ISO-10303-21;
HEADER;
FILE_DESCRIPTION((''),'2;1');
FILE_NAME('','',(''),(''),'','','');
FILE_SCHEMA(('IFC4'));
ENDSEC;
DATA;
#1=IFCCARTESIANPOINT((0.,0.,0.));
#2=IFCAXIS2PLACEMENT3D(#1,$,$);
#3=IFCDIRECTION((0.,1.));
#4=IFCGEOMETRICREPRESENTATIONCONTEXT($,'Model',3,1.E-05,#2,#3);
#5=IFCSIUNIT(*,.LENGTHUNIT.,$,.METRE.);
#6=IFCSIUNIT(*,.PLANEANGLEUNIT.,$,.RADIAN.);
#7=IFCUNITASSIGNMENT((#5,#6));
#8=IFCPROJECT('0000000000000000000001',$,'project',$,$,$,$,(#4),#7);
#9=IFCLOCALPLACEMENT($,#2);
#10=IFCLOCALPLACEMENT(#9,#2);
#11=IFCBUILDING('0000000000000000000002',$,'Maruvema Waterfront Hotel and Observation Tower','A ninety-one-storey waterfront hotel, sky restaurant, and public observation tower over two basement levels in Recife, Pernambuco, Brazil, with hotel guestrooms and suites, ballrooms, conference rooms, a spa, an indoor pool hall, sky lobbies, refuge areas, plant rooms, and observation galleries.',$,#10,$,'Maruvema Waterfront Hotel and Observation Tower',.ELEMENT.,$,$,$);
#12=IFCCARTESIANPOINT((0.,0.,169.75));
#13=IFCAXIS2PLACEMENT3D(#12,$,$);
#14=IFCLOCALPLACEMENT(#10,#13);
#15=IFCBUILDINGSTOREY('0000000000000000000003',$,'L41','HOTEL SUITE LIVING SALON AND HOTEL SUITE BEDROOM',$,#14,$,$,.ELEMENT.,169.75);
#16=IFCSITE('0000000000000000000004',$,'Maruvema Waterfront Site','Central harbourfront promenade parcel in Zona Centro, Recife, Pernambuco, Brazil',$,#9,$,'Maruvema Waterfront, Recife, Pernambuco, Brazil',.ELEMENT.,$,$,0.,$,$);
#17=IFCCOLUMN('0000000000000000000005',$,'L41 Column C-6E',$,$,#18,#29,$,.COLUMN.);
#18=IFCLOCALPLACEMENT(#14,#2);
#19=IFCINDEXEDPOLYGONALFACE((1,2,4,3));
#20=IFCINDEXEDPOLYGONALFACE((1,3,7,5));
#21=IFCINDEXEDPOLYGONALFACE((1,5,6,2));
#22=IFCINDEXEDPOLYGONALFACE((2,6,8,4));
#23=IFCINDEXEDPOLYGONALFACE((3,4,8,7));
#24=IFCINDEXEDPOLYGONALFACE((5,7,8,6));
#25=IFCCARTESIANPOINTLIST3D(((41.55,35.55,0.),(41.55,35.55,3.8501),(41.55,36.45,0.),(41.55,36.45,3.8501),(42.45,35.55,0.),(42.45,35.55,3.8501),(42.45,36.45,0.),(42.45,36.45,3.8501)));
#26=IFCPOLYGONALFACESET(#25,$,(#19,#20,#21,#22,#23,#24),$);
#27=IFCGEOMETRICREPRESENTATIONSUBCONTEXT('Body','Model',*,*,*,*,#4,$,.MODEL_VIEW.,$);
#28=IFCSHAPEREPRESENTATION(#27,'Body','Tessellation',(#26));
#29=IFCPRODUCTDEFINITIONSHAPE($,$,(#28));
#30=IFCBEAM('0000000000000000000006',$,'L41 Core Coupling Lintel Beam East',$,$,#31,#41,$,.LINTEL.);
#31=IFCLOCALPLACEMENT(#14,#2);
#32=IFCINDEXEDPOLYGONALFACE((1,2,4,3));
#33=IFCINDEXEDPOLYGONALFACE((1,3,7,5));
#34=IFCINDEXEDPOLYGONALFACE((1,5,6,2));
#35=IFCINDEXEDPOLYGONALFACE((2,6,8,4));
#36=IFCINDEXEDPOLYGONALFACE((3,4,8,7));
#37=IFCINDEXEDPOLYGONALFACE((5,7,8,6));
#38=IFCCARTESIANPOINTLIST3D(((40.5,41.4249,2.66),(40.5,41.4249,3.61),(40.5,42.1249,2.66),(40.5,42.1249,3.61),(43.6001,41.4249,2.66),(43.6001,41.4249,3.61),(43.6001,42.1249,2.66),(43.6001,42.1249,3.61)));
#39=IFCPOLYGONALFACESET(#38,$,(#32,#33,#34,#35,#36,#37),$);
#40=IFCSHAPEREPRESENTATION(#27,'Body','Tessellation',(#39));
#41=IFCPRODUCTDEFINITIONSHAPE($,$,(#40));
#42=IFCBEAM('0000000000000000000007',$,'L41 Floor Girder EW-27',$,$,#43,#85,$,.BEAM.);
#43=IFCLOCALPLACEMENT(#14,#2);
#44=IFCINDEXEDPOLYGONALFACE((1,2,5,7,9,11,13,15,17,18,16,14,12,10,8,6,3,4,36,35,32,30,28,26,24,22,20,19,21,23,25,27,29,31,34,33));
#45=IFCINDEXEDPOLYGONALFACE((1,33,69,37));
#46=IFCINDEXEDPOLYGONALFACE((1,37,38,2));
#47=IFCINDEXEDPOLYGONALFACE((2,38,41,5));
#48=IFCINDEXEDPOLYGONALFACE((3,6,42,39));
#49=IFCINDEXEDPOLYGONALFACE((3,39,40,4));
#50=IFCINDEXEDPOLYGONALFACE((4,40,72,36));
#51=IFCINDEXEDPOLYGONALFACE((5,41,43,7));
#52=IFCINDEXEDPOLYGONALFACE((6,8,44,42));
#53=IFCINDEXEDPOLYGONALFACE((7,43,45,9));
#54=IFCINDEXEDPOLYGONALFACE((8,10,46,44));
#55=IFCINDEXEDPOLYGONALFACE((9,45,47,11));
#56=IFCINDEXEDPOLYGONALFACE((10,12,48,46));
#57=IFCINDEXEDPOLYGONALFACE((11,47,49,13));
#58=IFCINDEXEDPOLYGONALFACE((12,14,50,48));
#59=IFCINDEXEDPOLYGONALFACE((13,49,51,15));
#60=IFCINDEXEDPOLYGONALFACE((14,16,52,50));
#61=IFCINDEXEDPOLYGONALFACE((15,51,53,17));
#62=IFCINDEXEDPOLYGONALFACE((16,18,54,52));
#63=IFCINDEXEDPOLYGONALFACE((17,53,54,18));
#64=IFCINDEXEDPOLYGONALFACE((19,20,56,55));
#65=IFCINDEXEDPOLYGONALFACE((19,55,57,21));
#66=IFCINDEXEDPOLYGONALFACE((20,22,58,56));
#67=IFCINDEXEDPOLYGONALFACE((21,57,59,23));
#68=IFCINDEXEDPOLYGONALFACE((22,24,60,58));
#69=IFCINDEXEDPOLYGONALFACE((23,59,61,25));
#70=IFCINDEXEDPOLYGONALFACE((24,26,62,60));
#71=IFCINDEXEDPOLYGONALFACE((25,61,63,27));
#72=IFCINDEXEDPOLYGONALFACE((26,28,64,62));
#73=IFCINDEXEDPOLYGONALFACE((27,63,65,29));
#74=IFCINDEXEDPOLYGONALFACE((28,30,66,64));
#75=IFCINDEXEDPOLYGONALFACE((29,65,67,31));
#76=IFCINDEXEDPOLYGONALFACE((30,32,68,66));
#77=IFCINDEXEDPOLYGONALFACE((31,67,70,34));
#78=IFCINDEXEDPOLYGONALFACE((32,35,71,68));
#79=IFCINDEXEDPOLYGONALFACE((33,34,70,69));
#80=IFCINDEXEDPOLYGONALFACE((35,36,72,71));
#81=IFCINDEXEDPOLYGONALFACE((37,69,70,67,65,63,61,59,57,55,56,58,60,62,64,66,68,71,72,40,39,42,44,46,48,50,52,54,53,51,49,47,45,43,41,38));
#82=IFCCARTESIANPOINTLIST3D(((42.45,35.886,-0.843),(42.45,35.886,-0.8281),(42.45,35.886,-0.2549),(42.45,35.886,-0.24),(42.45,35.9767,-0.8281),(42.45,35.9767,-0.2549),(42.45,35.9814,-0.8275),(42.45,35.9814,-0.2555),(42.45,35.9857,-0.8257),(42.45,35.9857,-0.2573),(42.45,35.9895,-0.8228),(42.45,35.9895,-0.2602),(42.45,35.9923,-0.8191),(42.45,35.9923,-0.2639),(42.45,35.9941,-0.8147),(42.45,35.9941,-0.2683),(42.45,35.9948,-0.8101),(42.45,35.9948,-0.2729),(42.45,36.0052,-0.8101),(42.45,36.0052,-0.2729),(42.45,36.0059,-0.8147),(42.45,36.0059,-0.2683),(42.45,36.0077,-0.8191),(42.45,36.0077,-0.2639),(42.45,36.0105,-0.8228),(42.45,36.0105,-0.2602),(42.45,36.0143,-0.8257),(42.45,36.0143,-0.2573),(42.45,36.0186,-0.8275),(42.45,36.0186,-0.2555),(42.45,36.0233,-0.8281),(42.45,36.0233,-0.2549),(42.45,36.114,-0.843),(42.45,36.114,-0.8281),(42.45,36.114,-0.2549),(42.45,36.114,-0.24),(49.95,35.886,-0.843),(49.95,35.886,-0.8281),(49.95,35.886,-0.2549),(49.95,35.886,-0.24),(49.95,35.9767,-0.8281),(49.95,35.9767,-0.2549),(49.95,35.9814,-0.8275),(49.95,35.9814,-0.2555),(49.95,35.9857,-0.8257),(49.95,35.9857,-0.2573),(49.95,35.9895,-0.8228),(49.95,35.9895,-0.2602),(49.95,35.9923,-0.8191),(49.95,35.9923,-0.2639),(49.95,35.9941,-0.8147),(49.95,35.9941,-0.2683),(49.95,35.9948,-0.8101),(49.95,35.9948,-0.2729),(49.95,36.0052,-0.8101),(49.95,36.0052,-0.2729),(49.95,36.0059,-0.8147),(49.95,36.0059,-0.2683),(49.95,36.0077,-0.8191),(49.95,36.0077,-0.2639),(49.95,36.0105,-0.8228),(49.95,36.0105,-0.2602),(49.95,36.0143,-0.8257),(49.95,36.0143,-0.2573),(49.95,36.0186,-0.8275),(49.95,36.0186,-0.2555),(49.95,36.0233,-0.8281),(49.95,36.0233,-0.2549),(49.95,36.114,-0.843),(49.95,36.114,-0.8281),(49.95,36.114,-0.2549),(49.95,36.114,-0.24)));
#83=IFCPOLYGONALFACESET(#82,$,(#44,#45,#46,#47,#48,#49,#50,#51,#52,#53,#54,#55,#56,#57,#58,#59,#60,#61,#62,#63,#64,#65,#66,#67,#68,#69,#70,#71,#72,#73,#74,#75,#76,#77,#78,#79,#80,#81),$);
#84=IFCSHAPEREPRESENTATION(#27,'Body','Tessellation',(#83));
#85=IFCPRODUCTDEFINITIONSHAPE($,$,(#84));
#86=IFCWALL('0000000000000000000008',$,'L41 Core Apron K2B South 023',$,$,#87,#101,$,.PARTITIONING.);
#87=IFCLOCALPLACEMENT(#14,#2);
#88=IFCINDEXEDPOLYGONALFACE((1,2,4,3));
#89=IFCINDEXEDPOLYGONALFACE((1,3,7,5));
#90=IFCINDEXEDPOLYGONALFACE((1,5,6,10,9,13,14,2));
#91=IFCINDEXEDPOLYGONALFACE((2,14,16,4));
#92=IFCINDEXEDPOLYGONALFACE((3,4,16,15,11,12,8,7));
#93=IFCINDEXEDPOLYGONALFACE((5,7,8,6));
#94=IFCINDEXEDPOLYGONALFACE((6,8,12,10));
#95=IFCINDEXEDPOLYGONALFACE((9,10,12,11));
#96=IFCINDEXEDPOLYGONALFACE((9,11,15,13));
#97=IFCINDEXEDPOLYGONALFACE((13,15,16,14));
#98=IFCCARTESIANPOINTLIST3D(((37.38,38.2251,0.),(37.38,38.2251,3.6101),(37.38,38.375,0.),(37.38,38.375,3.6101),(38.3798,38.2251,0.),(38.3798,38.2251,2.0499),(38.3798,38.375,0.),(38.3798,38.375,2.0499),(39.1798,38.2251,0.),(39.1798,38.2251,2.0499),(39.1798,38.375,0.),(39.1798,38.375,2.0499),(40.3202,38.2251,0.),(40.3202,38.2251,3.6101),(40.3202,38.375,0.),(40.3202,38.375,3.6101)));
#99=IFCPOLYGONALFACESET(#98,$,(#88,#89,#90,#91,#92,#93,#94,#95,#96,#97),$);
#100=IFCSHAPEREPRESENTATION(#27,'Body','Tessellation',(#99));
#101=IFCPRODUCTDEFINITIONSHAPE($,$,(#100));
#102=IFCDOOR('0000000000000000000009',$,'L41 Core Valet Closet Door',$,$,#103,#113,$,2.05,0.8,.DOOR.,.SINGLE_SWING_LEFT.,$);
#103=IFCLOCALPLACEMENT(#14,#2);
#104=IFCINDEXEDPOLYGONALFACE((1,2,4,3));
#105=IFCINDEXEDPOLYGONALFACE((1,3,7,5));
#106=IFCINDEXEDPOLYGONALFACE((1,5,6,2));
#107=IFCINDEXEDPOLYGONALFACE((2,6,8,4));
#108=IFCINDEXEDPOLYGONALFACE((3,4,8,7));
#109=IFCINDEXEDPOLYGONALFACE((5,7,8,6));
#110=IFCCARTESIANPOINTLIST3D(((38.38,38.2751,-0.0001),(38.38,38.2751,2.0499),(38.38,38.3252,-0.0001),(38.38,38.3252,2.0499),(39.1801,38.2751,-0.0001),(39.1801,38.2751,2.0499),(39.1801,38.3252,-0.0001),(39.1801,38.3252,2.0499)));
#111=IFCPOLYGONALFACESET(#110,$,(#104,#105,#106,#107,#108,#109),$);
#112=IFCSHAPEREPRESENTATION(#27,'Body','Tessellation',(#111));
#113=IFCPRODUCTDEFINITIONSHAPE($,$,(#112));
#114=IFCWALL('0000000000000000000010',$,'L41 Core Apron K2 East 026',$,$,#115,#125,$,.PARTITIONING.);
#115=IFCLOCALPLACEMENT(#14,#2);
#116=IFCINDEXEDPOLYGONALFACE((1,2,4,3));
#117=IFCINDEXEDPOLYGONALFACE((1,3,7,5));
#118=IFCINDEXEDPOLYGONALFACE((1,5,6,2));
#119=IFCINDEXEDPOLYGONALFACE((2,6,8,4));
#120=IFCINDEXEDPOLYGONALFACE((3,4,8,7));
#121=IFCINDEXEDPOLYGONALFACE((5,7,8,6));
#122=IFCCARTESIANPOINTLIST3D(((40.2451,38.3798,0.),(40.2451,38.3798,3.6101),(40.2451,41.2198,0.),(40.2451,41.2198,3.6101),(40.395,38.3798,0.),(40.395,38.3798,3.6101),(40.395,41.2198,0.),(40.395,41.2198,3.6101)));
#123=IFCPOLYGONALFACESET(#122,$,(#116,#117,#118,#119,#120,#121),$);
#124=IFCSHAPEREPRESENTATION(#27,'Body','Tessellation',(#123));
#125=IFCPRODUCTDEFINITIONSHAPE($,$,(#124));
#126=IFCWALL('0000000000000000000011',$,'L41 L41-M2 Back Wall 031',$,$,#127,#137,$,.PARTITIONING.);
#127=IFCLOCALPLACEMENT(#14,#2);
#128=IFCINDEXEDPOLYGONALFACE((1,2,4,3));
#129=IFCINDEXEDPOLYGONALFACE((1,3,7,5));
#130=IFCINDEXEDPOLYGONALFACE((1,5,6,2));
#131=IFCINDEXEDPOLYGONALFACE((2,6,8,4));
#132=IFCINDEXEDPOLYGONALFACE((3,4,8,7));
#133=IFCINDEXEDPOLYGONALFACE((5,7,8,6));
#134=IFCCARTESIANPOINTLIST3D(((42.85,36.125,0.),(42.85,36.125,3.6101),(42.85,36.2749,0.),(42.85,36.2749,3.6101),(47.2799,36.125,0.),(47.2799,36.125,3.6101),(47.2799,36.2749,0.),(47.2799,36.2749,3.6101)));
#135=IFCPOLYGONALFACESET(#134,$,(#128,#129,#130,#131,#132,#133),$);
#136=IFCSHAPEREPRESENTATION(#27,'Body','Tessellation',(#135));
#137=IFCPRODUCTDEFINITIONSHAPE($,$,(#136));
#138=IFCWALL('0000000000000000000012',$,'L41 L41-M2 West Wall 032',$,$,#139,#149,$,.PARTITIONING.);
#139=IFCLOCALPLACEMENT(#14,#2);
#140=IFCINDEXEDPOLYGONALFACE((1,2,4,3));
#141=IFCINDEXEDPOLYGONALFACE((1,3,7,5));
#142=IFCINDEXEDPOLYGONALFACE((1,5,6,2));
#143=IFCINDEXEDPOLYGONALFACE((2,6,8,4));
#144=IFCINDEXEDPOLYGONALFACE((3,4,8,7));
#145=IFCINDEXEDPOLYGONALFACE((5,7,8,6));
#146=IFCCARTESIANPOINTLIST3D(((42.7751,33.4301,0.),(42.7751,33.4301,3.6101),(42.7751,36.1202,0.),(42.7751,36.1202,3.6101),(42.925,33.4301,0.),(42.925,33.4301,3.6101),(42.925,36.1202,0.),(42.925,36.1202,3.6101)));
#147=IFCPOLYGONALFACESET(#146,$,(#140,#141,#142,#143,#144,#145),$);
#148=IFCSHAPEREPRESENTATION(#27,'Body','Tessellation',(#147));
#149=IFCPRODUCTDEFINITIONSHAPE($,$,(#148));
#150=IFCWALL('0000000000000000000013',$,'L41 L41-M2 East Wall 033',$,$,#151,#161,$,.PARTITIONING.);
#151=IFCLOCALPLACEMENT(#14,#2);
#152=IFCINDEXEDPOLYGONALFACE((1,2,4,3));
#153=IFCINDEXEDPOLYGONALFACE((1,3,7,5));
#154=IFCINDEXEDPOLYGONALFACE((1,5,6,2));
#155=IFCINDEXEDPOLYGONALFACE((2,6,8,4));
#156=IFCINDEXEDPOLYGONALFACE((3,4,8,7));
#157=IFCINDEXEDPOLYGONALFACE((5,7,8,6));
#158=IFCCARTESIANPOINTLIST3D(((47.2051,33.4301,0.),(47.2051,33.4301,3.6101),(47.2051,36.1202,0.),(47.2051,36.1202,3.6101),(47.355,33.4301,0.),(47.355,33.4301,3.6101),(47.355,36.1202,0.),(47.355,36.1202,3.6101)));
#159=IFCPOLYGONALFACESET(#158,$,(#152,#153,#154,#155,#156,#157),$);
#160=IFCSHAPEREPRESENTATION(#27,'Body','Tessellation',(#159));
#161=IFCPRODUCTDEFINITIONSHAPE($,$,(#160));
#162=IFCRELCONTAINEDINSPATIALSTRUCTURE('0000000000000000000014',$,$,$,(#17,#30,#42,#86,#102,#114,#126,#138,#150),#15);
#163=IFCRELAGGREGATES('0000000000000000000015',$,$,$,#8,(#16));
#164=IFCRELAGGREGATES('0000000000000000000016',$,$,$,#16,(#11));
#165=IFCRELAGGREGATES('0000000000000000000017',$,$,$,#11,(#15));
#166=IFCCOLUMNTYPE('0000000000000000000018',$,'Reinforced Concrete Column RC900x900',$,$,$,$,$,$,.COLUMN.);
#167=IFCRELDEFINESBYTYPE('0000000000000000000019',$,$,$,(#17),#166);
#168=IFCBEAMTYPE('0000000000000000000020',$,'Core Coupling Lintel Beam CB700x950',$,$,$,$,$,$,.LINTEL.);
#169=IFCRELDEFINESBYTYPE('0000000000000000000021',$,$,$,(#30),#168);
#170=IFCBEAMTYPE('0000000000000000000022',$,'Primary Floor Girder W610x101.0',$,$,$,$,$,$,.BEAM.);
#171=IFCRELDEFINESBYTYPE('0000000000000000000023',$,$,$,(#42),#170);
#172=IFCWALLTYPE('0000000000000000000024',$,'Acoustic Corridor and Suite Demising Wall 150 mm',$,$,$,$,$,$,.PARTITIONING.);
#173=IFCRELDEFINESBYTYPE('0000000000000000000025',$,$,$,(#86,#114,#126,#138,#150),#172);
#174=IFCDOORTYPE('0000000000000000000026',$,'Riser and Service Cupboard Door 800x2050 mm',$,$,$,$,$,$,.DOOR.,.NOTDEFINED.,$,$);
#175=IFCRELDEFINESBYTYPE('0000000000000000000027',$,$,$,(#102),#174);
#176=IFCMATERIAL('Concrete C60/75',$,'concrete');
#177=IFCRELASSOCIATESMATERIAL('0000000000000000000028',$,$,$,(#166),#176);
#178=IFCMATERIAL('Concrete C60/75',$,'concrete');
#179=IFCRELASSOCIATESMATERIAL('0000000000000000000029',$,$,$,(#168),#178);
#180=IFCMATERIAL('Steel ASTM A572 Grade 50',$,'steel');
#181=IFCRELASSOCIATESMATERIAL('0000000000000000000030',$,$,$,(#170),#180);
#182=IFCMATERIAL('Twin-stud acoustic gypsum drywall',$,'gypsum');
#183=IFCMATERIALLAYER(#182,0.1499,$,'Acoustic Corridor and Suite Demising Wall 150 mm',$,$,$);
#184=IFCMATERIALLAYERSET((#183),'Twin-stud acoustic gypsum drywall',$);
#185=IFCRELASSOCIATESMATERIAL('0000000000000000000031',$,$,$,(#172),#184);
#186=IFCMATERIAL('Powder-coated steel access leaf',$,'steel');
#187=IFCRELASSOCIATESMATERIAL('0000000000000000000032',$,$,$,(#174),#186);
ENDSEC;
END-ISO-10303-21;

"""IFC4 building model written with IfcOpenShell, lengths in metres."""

from ifc_helpers import new_model, si_unit, direction, frame, frame_2d, origin, origin_2d, place, context, subcontext, project, spatial, rectangle, i_section, extrude, material, layer, layer_set, material_profile, profile_set, type_object, element, fill, save


model = new_model("IFC4")

# Units and contexts
model_context = context("Model", 3, precision=1e-05, world=origin(), true_north=direction((0.0, 1.0)))
body_context = subcontext(model_context, "Body", "Model", "MODEL_VIEW")
ifc_project = project(units=[si_unit("LENGTHUNIT", "METRE"), si_unit("PLANEANGLEUNIT", "RADIAN")], contexts=[model_context])

# Site, building, storey
site_placement = place(None, origin())
site = spatial("IfcSite", under=ifc_project, at=site_placement, Name="Maruvema Waterfront Site", Description="Central harbourfront promenade parcel in Zona Centro, Recife, Pernambuco, Brazil", LongName="Maruvema Waterfront, Recife, Pernambuco, Brazil", CompositionType="ELEMENT", RefElevation=0.0)
building_placement = place(site_placement, origin())
building = spatial("IfcBuilding", under=site, at=building_placement, Name="Maruvema Waterfront Hotel and Observation Tower", Description="A ninety-one-storey waterfront hotel, sky restaurant, and public observation tower over two basement levels in Recife, Pernambuco, Brazil, with hotel guestrooms and suites, ballrooms, conference rooms, a spa, an indoor pool hall, sky lobbies, refuge areas, plant rooms, and observation galleries.", LongName="Maruvema Waterfront Hotel and Observation Tower", CompositionType="ELEMENT")
storey_placement = place(building_placement, frame((0.0, 0.0, 169.75)))
storey = spatial("IfcBuildingStorey", under=building, at=storey_placement, Name="L41", Description="HOTEL SUITE LIVING SALON AND HOTEL SUITE BEDROOM", CompositionType="ELEMENT", Elevation=169.75)

# Column
ifc_material_1 = material(Name="Concrete C60/75", Category="concrete")
ifc_material_profile_1 = material_profile(ifc_material_1, rectangle(XDim=0.8999, YDim=0.8999, at=origin_2d()), Name="RC900x900")
ifc_profile_set_1 = profile_set([ifc_material_profile_1], Name="Concrete C60/75")
column_type = type_object("IfcColumnType", Name="Reinforced Concrete Column RC900x900", PredefinedType="COLUMN", material=ifc_profile_set_1)
column_placement = place(storey_placement, frame((42.0, 36.0, 0.0), z_axis=(0.0, 0.0, 1.0), x_axis=(1.0, 0.0, 0.0)))
element("IfcColumn", 1, at=column_placement, inside=storey, type_object=column_type, Name="L41 Column C-6E", PredefinedType="COLUMN", context=body_context, shape_type="SweptSolid", body=[
    extrude(rectangle(XDim=0.8999, YDim=0.8999, at=origin_2d()), origin(), (0.0, 0.0, 1.0), 3.8501),
])

# Beams
ifc_material_2 = material(Name="Concrete C60/75", Category="concrete")
ifc_material_profile_2 = material_profile(ifc_material_2, rectangle(XDim=0.7, YDim=0.95, at=origin_2d()), Name="CB700x950")
ifc_profile_set_2 = profile_set([ifc_material_profile_2], Name="Concrete C60/75")
beam_type_1 = type_object("IfcBeamType", Name="Core Coupling Lintel Beam CB700x950", PredefinedType="LINTEL", material=ifc_profile_set_2)
beam_1_placement = place(storey_placement, frame((40.5, 41.7749, 3.135), z_axis=(1.0, 0.0, 0.0), x_axis=(0.0, 1.0, 0.0)))
element("IfcBeam", 2, at=beam_1_placement, inside=storey, type_object=beam_type_1, Name="L41 Core Coupling Lintel Beam East", PredefinedType="LINTEL", context=body_context, shape_type="SweptSolid", body=[
    extrude(rectangle(XDim=0.7, YDim=0.95, at=origin_2d()), origin(), (0.0, 0.0, 1.0), 3.1001),
])
ifc_material_3 = material(Name="Steel ASTM A572 Grade 50", Category="steel")
ifc_material_profile_3 = material_profile(ifc_material_3, i_section(OverallWidth=0.228, OverallDepth=0.603, WebThickness=0.0105, FlangeThickness=0.0149, FilletRadius=0.0181, at=origin_2d()), Name="W610x101.0")
ifc_profile_set_3 = profile_set([ifc_material_profile_3], Name="Steel ASTM A572 Grade 50")
beam_type_2 = type_object("IfcBeamType", Name="Primary Floor Girder W610x101.0", PredefinedType="BEAM", material=ifc_profile_set_3)
beam_2_placement = place(storey_placement, frame((42.45, 36.0, -0.5415), z_axis=(1.0, 0.0, 0.0), x_axis=(0.0, 1.0, 0.0)))
element("IfcBeam", 3, at=beam_2_placement, inside=storey, type_object=beam_type_2, Name="L41 Floor Girder EW-27", PredefinedType="BEAM", context=body_context, shape_type="SweptSolid", body=[
    extrude(i_section(OverallWidth=0.228, OverallDepth=0.603, WebThickness=0.0105, FlangeThickness=0.0149, FilletRadius=0.0181, at=origin_2d()), origin(), (0.0, 0.0, 1.0), 7.5),
])

# Wall, opening, door
ifc_material_4 = material(Name="Twin-stud acoustic gypsum drywall", Category="gypsum")
ifc_layer_1 = layer(ifc_material_4, 0.1499, Name="Acoustic Corridor and Suite Demising Wall 150 mm")
ifc_layer_set_1 = layer_set([ifc_layer_1], Name="Twin-stud acoustic gypsum drywall")
wall_type_1 = type_object("IfcWallType", Name="Acoustic Corridor and Suite Demising Wall 150 mm", PredefinedType="PARTITIONING", material=ifc_layer_set_1)
wall_1_placement = place(storey_placement, frame((37.3799, 38.3, 0.0), z_axis=(0.0, 0.0, 1.0), x_axis=(1.0, 0.0, 0.0)))
wall_1 = element("IfcWall", 4, at=wall_1_placement, inside=storey, type_object=wall_type_1, Name="L41 Core Apron K2B South 023", PredefinedType="PARTITIONING", context=body_context, shape_type="SweptSolid", body=[
    extrude(rectangle(XDim=2.9402, YDim=0.1499, at=frame_2d((1.4702, 0.0))), origin(), (0.0, 0.0, 1.0), 3.6101),
])
opening_1_placement = place(wall_1_placement, frame((1.0, 0.0, 0.0)))
opening_1 = element("IfcOpeningElement", 5, at=opening_1_placement, cuts=wall_1, PredefinedType="OPENING", context=body_context, shape_type="SweptSolid", body=[
    extrude(rectangle(XDim=0.8, YDim=2.05, at=frame_2d((0.3999, 1.0249))), frame((0.0, 0.085, 0.0), z_axis=(0.0, -1.0, 0.0), x_axis=(1.0, 0.0, 0.0)), (0.0, 0.0, 1.0), 0.1699),
])
ifc_material_5 = material(Name="Powder-coated steel access leaf", Category="steel")
door_type_1 = type_object("IfcDoorType", Name="Riser and Service Cupboard Door 800x2050 mm", OperationType="NOTDEFINED", PredefinedType="DOOR", material=ifc_material_5)
door_1_placement = place(opening_1_placement, frame((0.8, 0.0, 0.0), z_axis=(0.0, 0.0, 1.0), x_axis=(-1.0, 0.0, 0.0)))
door_1 = element("IfcDoor", 6, at=door_1_placement, inside=storey, type_object=door_type_1, Name="L41 Core Valet Closet Door", OperationType="SINGLE_SWING_LEFT", OverallHeight=2.05, OverallWidth=0.8, PredefinedType="DOOR", context=body_context, shape_type="SweptSolid", body=[
    extrude(rectangle(XDim=0.8, YDim=2.05, at=frame_2d((0.3999, 1.0249))), frame((0.0, 0.0249, 0.0), z_axis=(0.0, -1.0, 0.0), x_axis=(1.0, 0.0, 0.0)), (0.0, 0.0, 1.0), 0.05),
])
fill(opening_1, door_1)

# Walls
wall_2_placement = place(storey_placement, frame((40.3201, 38.3799, 0.0), z_axis=(0.0, 0.0, 1.0), x_axis=(0.0, 1.0, 0.0)))
element("IfcWall", 7, at=wall_2_placement, inside=storey, type_object=wall_type_1, Name="L41 Core Apron K2 East 026", PredefinedType="PARTITIONING", context=body_context, shape_type="SweptSolid", body=[
    extrude(rectangle(XDim=2.8401, YDim=0.1499, at=frame_2d((1.4199, 0.0))), origin(), (0.0, 0.0, 1.0), 3.6101),
])
wall_3_placement = place(storey_placement, frame((42.8501, 36.2, 0.0), z_axis=(0.0, 0.0, 1.0), x_axis=(1.0, 0.0, 0.0)))
element("IfcWall", 8, at=wall_3_placement, inside=storey, type_object=wall_type_1, Name="L41 L41-M2 Back Wall 031", PredefinedType="PARTITIONING", context=body_context, shape_type="SweptSolid", body=[
    extrude(rectangle(XDim=4.4299, YDim=0.1499, at=frame_2d((2.2148, 0.0))), origin(), (0.0, 0.0, 1.0), 3.6101),
])
for number, where, z_axis, x_axis, name in (
    (9, (42.8501, 33.4299, 0.0), (0.0, 0.0, 1.0), (0.0, 1.0, 0.0), "L41 L41-M2 West Wall 032"),
    (10, (47.28, 33.4299, 0.0), (0.0, 0.0, 1.0), (0.0, 1.0, 0.0), "L41 L41-M2 East Wall 033"),
):
    element("IfcWall", number, at=place(storey_placement, frame(where, z_axis=z_axis, x_axis=x_axis)), inside=storey, type_object=wall_type_1, Name=name, PredefinedType="PARTITIONING", context=body_context, shape_type="SweptSolid", body=[
        extrude(rectangle(XDim=2.6902, YDim=0.1499, at=frame_2d((1.3452, 0.0))), origin(), (0.0, 0.0, 1.0), 3.6101),
    ])

save(model, "model.ifc")
